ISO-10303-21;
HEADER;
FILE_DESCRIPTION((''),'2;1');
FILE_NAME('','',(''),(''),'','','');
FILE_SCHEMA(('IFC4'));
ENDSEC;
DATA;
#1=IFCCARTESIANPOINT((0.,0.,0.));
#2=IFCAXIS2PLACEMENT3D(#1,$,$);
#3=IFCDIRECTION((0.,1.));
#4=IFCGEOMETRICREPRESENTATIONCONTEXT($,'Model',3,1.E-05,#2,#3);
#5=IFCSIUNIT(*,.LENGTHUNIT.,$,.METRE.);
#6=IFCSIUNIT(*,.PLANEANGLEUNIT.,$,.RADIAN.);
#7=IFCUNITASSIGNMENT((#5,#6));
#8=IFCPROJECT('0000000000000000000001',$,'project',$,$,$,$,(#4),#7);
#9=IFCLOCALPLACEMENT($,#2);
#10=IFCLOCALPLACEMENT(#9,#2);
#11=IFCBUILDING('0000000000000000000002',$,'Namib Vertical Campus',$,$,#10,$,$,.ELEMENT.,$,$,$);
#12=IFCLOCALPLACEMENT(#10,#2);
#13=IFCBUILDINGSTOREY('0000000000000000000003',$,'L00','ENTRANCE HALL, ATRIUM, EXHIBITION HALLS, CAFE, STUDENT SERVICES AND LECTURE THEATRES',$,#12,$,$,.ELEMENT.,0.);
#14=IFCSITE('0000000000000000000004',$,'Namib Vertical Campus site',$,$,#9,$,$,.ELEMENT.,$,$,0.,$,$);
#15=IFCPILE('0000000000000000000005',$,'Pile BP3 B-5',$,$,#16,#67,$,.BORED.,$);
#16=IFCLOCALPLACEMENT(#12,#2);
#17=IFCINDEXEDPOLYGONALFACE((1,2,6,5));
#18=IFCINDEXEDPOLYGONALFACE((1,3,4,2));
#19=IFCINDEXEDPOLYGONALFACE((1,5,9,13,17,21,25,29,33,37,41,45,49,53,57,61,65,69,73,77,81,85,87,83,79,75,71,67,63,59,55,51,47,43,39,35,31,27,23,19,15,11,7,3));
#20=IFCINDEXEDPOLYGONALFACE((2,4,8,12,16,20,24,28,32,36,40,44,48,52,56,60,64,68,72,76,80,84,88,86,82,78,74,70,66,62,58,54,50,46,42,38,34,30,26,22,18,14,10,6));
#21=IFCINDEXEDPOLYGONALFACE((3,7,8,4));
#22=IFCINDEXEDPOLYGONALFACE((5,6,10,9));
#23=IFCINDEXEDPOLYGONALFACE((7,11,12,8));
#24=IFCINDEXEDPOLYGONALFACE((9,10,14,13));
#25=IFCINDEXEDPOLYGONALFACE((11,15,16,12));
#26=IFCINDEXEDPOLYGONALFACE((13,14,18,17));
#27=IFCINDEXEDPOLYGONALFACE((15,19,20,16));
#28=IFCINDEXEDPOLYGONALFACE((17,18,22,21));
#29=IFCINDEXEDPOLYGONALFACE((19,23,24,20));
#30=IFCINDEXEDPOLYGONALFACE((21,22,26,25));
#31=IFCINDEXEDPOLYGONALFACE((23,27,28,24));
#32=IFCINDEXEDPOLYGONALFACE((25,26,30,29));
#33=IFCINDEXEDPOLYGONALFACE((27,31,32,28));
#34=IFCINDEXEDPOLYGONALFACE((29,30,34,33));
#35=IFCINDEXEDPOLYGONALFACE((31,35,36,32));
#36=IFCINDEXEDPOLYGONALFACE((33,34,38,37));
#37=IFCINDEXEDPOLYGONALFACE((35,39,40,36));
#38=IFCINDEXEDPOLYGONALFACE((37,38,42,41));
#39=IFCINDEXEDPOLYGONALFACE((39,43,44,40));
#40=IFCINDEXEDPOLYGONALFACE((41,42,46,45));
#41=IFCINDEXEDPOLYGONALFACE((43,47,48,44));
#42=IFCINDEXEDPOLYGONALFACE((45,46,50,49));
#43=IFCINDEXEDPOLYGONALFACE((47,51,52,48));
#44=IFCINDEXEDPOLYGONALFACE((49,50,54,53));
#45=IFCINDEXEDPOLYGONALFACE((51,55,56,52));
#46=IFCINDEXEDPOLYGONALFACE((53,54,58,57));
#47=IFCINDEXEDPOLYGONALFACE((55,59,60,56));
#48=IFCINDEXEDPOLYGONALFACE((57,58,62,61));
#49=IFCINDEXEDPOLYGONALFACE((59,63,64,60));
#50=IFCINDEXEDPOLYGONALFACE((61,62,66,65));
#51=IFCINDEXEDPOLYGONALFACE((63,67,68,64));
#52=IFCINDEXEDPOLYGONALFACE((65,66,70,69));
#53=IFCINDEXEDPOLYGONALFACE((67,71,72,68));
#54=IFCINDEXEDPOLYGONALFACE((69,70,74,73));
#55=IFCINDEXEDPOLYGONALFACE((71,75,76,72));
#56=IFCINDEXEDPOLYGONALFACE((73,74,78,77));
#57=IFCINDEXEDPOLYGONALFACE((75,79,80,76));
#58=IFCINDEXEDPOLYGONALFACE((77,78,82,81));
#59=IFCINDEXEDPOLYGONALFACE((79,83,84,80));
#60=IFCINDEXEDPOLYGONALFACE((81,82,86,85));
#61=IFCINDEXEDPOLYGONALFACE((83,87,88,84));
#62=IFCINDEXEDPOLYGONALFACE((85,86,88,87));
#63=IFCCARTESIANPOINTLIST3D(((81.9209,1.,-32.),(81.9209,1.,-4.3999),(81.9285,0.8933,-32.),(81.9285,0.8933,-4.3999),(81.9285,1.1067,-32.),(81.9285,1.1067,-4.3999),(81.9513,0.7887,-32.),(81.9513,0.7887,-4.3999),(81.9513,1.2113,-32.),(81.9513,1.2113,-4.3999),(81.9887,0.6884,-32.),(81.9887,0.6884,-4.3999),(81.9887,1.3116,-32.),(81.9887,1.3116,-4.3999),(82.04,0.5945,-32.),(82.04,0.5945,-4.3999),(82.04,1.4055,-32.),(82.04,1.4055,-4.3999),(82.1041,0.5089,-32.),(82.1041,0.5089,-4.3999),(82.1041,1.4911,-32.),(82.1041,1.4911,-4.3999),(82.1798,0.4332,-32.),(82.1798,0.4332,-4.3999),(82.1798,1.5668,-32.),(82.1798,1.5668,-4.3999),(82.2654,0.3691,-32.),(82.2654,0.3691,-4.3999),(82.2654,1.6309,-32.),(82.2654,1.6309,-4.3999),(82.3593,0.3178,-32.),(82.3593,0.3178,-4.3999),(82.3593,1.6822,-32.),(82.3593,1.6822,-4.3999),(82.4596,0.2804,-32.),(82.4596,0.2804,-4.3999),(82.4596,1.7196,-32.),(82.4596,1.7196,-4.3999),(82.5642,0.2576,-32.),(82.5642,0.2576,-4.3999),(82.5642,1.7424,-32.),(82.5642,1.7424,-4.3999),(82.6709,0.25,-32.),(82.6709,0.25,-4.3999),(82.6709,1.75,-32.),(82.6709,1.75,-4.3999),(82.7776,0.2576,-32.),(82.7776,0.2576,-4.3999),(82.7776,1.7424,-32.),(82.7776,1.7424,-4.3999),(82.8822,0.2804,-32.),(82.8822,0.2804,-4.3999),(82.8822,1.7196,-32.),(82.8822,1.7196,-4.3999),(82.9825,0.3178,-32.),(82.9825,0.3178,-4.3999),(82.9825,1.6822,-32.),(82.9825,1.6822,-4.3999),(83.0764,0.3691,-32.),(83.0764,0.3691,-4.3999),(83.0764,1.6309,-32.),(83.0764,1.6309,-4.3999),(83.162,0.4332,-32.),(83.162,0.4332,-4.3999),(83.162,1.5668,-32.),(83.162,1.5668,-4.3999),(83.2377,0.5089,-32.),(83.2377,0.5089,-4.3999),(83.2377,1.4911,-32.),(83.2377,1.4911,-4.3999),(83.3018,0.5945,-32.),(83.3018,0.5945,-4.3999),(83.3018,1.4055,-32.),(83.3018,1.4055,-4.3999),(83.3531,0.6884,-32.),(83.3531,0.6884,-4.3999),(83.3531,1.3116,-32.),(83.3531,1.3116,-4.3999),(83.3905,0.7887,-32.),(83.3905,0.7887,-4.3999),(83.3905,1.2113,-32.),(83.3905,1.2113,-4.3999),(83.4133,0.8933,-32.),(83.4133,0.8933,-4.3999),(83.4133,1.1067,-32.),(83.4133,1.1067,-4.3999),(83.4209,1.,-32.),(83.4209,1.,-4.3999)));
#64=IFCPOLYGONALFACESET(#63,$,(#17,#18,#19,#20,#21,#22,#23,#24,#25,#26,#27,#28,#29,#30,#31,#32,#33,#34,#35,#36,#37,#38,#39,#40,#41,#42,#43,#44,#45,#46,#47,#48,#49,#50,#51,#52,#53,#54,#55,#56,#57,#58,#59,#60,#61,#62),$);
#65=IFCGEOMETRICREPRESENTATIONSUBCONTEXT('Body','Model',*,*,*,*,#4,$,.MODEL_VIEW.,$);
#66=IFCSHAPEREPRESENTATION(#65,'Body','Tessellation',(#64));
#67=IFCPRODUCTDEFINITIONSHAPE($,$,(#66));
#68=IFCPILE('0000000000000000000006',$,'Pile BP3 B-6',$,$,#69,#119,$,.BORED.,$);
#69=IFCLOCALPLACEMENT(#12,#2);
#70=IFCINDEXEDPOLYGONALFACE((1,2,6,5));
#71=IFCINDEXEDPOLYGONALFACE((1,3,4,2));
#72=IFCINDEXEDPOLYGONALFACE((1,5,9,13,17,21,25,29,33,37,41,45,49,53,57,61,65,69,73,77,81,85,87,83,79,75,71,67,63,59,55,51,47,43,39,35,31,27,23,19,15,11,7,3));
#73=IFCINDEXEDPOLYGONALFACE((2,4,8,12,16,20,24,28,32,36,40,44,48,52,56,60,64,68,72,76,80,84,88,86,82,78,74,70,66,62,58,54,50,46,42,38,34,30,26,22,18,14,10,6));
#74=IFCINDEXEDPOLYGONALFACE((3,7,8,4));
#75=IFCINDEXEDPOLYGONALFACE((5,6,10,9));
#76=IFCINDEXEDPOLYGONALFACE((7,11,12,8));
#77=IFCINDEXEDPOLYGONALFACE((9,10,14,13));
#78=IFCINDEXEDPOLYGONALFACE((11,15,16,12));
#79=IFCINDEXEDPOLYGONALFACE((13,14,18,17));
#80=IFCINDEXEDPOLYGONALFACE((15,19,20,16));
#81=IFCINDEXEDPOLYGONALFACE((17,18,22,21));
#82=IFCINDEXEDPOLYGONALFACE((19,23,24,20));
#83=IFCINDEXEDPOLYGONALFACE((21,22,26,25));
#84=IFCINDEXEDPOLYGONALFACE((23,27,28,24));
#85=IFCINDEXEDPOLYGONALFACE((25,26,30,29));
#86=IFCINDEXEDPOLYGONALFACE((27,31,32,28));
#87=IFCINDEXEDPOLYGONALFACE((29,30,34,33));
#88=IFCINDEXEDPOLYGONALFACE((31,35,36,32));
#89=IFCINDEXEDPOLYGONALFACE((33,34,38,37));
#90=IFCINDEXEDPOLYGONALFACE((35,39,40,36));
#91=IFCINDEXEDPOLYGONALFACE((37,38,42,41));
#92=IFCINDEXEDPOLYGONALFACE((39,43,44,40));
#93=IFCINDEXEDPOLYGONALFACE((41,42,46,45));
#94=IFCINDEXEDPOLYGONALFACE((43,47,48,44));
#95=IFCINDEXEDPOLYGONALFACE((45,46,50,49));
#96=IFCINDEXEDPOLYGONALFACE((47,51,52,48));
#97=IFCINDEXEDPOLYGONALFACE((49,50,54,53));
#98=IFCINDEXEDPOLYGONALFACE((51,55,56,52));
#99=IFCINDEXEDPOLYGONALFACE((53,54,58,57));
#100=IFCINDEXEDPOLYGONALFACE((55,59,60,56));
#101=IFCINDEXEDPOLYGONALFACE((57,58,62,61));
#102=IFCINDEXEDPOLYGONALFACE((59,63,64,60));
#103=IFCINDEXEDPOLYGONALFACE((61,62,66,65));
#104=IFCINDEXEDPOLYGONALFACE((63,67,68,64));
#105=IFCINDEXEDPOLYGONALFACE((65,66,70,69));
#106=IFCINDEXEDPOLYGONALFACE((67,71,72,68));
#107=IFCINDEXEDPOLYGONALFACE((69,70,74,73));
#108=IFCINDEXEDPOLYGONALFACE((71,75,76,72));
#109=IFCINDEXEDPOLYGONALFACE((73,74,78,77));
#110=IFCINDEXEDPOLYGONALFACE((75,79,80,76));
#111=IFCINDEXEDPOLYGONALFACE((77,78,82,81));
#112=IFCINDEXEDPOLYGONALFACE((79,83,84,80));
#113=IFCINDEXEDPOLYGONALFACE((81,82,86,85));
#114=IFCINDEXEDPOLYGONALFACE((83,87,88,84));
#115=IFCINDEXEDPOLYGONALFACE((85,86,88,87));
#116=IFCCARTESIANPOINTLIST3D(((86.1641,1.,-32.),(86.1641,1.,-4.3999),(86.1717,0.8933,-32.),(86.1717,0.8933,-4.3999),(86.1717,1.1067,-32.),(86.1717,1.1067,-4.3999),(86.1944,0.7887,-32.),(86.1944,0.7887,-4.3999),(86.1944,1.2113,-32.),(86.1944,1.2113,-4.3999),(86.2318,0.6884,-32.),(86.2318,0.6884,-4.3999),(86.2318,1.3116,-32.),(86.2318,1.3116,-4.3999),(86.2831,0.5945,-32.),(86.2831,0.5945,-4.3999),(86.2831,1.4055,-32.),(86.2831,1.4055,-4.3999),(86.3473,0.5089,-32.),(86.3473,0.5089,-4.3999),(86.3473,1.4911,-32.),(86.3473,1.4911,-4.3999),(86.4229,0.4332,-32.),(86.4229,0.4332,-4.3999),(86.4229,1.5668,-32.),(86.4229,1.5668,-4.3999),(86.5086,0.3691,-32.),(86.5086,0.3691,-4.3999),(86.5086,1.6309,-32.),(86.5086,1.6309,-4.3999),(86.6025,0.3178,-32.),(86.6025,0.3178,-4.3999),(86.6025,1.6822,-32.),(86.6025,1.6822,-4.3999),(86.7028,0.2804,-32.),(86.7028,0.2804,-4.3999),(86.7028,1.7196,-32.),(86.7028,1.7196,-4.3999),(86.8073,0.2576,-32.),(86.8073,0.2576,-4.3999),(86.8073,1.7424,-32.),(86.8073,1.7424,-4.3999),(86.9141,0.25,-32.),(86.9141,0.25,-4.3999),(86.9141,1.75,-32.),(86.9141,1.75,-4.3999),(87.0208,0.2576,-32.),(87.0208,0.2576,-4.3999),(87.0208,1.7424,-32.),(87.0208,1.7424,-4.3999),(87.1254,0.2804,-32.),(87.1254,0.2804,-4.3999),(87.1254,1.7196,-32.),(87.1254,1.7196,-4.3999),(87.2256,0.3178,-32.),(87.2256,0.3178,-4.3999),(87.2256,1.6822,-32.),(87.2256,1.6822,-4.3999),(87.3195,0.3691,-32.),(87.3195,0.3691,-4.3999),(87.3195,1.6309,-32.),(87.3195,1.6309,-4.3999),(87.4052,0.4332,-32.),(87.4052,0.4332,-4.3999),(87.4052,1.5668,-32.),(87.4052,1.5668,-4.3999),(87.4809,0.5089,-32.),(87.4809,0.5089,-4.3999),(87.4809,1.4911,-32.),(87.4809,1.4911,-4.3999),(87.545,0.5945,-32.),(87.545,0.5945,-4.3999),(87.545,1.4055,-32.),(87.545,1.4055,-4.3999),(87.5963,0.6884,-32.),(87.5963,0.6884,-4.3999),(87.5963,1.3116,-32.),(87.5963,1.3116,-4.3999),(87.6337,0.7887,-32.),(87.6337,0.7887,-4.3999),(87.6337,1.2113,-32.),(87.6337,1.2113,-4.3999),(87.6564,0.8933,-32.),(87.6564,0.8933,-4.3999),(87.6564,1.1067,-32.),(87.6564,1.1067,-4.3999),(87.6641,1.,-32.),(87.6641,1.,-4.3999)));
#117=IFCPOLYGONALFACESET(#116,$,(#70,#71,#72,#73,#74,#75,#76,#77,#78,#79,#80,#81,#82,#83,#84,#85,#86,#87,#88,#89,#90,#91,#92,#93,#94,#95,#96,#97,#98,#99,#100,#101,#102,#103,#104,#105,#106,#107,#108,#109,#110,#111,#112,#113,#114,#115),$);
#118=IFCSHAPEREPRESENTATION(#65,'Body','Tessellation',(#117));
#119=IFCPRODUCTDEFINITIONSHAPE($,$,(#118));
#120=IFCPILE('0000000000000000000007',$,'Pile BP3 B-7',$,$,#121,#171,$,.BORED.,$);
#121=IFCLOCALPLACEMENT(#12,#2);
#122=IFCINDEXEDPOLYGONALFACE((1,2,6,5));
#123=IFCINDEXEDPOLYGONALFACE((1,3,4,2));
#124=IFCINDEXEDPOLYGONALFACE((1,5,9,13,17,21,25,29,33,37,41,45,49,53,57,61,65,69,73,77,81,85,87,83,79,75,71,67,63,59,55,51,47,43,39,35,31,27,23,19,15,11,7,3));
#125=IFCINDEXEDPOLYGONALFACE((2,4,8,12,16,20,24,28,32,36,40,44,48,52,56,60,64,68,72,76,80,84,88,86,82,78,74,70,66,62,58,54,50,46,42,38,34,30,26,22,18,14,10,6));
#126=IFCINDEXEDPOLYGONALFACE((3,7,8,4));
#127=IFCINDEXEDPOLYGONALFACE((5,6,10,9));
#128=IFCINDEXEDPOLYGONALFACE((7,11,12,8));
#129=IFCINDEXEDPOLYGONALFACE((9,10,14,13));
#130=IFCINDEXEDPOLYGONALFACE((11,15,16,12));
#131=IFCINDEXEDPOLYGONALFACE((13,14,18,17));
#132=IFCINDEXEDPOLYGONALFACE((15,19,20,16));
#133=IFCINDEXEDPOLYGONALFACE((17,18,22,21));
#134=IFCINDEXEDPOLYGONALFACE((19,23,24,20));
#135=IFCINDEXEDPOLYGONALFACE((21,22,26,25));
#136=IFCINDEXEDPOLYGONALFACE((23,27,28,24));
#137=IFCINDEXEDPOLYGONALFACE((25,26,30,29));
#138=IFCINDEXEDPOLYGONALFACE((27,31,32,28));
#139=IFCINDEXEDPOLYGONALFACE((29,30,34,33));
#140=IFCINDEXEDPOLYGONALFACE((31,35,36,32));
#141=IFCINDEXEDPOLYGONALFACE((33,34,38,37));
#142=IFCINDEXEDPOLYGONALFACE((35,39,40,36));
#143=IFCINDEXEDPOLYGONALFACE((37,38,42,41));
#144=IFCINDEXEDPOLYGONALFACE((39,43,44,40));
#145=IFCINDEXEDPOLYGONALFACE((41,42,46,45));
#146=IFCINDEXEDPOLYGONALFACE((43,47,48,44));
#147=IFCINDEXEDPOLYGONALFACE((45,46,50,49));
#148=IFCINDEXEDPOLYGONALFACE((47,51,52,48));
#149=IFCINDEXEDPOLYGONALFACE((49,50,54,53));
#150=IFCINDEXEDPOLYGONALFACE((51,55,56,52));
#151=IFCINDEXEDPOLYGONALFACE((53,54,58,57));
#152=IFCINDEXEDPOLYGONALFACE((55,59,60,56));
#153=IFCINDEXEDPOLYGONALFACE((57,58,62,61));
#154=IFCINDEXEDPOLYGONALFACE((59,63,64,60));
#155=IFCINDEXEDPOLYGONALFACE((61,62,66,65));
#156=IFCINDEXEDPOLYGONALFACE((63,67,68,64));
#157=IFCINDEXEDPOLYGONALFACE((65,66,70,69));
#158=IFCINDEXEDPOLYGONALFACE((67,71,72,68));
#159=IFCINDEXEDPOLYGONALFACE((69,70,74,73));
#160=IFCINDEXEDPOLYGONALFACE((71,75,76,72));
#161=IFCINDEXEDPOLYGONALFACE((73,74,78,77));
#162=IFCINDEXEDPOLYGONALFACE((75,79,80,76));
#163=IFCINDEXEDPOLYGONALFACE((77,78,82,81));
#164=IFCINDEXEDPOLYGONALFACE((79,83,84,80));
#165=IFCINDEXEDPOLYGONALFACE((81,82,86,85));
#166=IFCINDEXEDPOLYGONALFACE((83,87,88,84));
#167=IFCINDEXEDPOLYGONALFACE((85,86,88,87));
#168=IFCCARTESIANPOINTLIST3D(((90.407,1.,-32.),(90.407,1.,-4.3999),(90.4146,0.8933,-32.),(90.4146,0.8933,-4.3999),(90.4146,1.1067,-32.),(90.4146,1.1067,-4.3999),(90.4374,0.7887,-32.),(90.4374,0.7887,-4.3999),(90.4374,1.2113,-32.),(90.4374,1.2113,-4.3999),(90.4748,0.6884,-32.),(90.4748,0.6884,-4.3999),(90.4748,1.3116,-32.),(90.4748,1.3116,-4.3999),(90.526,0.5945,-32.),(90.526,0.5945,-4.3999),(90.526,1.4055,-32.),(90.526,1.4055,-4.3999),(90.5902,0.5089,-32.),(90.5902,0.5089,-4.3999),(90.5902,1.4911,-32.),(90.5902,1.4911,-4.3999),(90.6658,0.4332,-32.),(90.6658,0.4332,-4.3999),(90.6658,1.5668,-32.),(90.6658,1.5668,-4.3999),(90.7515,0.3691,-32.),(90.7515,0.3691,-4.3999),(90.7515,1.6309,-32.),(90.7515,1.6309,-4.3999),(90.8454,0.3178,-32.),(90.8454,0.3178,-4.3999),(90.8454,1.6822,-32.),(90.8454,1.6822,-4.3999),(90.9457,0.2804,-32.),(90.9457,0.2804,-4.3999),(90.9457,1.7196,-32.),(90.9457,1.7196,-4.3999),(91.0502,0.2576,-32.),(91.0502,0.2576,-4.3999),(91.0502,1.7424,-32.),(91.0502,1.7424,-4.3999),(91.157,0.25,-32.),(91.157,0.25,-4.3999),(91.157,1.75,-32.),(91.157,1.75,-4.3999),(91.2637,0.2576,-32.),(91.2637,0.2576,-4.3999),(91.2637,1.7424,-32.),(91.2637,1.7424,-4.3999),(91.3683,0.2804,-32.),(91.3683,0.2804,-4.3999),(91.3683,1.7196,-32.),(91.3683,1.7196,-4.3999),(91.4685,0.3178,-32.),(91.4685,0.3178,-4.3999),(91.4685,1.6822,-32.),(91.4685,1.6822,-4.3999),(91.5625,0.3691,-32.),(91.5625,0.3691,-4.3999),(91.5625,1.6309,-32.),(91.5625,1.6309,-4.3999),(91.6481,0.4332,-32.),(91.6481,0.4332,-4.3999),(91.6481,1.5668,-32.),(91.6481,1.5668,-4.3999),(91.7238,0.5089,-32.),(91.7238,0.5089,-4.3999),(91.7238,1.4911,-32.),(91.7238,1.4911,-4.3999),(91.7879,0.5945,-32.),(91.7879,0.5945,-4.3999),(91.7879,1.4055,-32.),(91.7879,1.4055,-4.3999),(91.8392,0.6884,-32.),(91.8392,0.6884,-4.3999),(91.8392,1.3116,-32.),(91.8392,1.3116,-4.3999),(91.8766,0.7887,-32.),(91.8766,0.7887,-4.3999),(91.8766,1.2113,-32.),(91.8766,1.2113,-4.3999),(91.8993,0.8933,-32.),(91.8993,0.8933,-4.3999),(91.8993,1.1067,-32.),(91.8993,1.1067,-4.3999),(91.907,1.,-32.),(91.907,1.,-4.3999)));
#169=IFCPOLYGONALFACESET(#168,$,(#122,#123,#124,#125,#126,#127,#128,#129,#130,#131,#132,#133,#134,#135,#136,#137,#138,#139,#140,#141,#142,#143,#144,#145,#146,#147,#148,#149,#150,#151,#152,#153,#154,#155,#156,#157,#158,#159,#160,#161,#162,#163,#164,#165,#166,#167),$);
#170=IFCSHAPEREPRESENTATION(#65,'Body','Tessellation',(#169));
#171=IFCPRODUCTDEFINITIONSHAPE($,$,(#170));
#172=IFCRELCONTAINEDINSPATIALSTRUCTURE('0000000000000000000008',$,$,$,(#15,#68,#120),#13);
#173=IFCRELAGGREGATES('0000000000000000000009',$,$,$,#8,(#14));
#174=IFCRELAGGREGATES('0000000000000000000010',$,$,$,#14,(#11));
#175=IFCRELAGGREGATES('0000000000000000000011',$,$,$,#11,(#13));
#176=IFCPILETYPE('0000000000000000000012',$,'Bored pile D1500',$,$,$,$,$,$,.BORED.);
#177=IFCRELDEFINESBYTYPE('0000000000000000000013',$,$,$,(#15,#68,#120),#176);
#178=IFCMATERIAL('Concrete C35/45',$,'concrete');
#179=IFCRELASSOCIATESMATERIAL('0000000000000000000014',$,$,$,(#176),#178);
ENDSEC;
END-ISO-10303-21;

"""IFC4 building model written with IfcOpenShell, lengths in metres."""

from ifc_helpers import new_model, si_unit, direction, frame, origin, origin_2d, place, context, subcontext, project, spatial, circle, extrude, material, material_profile, profile_set, type_object, element, save


model = new_model("IFC4")

# Units and contexts
model_context = context("Model", 3, precision=1e-05, world=origin(), true_north=direction((0.0, 1.0)))
body_context = subcontext(model_context, "Body", "Model", "MODEL_VIEW")
ifc_project = project(units=[si_unit("LENGTHUNIT", "METRE"), si_unit("PLANEANGLEUNIT", "RADIAN")], contexts=[model_context])

# Site, building, storey
site_placement = place(None, origin())
site = spatial("IfcSite", under=ifc_project, at=site_placement, Name="Namib Vertical Campus site", CompositionType="ELEMENT", RefElevation=0.0)
building_placement = place(site_placement, origin())
building = spatial("IfcBuilding", under=site, at=building_placement, Name="Namib Vertical Campus", CompositionType="ELEMENT")
storey_placement = place(building_placement, origin())
storey = spatial("IfcBuildingStorey", under=building, at=storey_placement, Name="L00", Description="ENTRANCE HALL, ATRIUM, EXHIBITION HALLS, CAFE, STUDENT SERVICES AND LECTURE THEATRES", CompositionType="ELEMENT", Elevation=0.0)

# Piles
ifc_material_1 = material(Name="Concrete C35/45", Category="concrete")
ifc_material_profile_1 = material_profile(ifc_material_1, circle(Radius=0.75, at=origin_2d()))
ifc_profile_set_1 = profile_set([ifc_material_profile_1], Name="Concrete C35/45")
pile_type = type_object("IfcPileType", Name="Bored pile D1500", PredefinedType="BORED", material=ifc_profile_set_1)
for number, where, z_axis, x_axis, name in (
    (1, (82.6709, 1.0, -4.3999), (0.0, 0.0, -1.0), (1.0, 0.0, 0.0), "Pile BP3 B-5"),
    (2, (86.9141, 1.0, -4.3999), (0.0, 0.0, -1.0), (1.0, 0.0, 0.0), "Pile BP3 B-6"),
    (3, (91.157, 1.0, -4.3999), (0.0, 0.0, -1.0), (1.0, 0.0, 0.0), "Pile BP3 B-7"),
):
    element("IfcPile", number, at=place(storey_placement, frame(where, z_axis=z_axis, x_axis=x_axis)), inside=storey, type_object=pile_type, Name=name, PredefinedType="BORED", context=body_context, shape_type="SweptSolid", body=[
        extrude(circle(Radius=0.75, at=origin_2d()), origin(), (0.0, 0.0, 1.0), 27.6001),
    ])

save(model, "model.ifc")
